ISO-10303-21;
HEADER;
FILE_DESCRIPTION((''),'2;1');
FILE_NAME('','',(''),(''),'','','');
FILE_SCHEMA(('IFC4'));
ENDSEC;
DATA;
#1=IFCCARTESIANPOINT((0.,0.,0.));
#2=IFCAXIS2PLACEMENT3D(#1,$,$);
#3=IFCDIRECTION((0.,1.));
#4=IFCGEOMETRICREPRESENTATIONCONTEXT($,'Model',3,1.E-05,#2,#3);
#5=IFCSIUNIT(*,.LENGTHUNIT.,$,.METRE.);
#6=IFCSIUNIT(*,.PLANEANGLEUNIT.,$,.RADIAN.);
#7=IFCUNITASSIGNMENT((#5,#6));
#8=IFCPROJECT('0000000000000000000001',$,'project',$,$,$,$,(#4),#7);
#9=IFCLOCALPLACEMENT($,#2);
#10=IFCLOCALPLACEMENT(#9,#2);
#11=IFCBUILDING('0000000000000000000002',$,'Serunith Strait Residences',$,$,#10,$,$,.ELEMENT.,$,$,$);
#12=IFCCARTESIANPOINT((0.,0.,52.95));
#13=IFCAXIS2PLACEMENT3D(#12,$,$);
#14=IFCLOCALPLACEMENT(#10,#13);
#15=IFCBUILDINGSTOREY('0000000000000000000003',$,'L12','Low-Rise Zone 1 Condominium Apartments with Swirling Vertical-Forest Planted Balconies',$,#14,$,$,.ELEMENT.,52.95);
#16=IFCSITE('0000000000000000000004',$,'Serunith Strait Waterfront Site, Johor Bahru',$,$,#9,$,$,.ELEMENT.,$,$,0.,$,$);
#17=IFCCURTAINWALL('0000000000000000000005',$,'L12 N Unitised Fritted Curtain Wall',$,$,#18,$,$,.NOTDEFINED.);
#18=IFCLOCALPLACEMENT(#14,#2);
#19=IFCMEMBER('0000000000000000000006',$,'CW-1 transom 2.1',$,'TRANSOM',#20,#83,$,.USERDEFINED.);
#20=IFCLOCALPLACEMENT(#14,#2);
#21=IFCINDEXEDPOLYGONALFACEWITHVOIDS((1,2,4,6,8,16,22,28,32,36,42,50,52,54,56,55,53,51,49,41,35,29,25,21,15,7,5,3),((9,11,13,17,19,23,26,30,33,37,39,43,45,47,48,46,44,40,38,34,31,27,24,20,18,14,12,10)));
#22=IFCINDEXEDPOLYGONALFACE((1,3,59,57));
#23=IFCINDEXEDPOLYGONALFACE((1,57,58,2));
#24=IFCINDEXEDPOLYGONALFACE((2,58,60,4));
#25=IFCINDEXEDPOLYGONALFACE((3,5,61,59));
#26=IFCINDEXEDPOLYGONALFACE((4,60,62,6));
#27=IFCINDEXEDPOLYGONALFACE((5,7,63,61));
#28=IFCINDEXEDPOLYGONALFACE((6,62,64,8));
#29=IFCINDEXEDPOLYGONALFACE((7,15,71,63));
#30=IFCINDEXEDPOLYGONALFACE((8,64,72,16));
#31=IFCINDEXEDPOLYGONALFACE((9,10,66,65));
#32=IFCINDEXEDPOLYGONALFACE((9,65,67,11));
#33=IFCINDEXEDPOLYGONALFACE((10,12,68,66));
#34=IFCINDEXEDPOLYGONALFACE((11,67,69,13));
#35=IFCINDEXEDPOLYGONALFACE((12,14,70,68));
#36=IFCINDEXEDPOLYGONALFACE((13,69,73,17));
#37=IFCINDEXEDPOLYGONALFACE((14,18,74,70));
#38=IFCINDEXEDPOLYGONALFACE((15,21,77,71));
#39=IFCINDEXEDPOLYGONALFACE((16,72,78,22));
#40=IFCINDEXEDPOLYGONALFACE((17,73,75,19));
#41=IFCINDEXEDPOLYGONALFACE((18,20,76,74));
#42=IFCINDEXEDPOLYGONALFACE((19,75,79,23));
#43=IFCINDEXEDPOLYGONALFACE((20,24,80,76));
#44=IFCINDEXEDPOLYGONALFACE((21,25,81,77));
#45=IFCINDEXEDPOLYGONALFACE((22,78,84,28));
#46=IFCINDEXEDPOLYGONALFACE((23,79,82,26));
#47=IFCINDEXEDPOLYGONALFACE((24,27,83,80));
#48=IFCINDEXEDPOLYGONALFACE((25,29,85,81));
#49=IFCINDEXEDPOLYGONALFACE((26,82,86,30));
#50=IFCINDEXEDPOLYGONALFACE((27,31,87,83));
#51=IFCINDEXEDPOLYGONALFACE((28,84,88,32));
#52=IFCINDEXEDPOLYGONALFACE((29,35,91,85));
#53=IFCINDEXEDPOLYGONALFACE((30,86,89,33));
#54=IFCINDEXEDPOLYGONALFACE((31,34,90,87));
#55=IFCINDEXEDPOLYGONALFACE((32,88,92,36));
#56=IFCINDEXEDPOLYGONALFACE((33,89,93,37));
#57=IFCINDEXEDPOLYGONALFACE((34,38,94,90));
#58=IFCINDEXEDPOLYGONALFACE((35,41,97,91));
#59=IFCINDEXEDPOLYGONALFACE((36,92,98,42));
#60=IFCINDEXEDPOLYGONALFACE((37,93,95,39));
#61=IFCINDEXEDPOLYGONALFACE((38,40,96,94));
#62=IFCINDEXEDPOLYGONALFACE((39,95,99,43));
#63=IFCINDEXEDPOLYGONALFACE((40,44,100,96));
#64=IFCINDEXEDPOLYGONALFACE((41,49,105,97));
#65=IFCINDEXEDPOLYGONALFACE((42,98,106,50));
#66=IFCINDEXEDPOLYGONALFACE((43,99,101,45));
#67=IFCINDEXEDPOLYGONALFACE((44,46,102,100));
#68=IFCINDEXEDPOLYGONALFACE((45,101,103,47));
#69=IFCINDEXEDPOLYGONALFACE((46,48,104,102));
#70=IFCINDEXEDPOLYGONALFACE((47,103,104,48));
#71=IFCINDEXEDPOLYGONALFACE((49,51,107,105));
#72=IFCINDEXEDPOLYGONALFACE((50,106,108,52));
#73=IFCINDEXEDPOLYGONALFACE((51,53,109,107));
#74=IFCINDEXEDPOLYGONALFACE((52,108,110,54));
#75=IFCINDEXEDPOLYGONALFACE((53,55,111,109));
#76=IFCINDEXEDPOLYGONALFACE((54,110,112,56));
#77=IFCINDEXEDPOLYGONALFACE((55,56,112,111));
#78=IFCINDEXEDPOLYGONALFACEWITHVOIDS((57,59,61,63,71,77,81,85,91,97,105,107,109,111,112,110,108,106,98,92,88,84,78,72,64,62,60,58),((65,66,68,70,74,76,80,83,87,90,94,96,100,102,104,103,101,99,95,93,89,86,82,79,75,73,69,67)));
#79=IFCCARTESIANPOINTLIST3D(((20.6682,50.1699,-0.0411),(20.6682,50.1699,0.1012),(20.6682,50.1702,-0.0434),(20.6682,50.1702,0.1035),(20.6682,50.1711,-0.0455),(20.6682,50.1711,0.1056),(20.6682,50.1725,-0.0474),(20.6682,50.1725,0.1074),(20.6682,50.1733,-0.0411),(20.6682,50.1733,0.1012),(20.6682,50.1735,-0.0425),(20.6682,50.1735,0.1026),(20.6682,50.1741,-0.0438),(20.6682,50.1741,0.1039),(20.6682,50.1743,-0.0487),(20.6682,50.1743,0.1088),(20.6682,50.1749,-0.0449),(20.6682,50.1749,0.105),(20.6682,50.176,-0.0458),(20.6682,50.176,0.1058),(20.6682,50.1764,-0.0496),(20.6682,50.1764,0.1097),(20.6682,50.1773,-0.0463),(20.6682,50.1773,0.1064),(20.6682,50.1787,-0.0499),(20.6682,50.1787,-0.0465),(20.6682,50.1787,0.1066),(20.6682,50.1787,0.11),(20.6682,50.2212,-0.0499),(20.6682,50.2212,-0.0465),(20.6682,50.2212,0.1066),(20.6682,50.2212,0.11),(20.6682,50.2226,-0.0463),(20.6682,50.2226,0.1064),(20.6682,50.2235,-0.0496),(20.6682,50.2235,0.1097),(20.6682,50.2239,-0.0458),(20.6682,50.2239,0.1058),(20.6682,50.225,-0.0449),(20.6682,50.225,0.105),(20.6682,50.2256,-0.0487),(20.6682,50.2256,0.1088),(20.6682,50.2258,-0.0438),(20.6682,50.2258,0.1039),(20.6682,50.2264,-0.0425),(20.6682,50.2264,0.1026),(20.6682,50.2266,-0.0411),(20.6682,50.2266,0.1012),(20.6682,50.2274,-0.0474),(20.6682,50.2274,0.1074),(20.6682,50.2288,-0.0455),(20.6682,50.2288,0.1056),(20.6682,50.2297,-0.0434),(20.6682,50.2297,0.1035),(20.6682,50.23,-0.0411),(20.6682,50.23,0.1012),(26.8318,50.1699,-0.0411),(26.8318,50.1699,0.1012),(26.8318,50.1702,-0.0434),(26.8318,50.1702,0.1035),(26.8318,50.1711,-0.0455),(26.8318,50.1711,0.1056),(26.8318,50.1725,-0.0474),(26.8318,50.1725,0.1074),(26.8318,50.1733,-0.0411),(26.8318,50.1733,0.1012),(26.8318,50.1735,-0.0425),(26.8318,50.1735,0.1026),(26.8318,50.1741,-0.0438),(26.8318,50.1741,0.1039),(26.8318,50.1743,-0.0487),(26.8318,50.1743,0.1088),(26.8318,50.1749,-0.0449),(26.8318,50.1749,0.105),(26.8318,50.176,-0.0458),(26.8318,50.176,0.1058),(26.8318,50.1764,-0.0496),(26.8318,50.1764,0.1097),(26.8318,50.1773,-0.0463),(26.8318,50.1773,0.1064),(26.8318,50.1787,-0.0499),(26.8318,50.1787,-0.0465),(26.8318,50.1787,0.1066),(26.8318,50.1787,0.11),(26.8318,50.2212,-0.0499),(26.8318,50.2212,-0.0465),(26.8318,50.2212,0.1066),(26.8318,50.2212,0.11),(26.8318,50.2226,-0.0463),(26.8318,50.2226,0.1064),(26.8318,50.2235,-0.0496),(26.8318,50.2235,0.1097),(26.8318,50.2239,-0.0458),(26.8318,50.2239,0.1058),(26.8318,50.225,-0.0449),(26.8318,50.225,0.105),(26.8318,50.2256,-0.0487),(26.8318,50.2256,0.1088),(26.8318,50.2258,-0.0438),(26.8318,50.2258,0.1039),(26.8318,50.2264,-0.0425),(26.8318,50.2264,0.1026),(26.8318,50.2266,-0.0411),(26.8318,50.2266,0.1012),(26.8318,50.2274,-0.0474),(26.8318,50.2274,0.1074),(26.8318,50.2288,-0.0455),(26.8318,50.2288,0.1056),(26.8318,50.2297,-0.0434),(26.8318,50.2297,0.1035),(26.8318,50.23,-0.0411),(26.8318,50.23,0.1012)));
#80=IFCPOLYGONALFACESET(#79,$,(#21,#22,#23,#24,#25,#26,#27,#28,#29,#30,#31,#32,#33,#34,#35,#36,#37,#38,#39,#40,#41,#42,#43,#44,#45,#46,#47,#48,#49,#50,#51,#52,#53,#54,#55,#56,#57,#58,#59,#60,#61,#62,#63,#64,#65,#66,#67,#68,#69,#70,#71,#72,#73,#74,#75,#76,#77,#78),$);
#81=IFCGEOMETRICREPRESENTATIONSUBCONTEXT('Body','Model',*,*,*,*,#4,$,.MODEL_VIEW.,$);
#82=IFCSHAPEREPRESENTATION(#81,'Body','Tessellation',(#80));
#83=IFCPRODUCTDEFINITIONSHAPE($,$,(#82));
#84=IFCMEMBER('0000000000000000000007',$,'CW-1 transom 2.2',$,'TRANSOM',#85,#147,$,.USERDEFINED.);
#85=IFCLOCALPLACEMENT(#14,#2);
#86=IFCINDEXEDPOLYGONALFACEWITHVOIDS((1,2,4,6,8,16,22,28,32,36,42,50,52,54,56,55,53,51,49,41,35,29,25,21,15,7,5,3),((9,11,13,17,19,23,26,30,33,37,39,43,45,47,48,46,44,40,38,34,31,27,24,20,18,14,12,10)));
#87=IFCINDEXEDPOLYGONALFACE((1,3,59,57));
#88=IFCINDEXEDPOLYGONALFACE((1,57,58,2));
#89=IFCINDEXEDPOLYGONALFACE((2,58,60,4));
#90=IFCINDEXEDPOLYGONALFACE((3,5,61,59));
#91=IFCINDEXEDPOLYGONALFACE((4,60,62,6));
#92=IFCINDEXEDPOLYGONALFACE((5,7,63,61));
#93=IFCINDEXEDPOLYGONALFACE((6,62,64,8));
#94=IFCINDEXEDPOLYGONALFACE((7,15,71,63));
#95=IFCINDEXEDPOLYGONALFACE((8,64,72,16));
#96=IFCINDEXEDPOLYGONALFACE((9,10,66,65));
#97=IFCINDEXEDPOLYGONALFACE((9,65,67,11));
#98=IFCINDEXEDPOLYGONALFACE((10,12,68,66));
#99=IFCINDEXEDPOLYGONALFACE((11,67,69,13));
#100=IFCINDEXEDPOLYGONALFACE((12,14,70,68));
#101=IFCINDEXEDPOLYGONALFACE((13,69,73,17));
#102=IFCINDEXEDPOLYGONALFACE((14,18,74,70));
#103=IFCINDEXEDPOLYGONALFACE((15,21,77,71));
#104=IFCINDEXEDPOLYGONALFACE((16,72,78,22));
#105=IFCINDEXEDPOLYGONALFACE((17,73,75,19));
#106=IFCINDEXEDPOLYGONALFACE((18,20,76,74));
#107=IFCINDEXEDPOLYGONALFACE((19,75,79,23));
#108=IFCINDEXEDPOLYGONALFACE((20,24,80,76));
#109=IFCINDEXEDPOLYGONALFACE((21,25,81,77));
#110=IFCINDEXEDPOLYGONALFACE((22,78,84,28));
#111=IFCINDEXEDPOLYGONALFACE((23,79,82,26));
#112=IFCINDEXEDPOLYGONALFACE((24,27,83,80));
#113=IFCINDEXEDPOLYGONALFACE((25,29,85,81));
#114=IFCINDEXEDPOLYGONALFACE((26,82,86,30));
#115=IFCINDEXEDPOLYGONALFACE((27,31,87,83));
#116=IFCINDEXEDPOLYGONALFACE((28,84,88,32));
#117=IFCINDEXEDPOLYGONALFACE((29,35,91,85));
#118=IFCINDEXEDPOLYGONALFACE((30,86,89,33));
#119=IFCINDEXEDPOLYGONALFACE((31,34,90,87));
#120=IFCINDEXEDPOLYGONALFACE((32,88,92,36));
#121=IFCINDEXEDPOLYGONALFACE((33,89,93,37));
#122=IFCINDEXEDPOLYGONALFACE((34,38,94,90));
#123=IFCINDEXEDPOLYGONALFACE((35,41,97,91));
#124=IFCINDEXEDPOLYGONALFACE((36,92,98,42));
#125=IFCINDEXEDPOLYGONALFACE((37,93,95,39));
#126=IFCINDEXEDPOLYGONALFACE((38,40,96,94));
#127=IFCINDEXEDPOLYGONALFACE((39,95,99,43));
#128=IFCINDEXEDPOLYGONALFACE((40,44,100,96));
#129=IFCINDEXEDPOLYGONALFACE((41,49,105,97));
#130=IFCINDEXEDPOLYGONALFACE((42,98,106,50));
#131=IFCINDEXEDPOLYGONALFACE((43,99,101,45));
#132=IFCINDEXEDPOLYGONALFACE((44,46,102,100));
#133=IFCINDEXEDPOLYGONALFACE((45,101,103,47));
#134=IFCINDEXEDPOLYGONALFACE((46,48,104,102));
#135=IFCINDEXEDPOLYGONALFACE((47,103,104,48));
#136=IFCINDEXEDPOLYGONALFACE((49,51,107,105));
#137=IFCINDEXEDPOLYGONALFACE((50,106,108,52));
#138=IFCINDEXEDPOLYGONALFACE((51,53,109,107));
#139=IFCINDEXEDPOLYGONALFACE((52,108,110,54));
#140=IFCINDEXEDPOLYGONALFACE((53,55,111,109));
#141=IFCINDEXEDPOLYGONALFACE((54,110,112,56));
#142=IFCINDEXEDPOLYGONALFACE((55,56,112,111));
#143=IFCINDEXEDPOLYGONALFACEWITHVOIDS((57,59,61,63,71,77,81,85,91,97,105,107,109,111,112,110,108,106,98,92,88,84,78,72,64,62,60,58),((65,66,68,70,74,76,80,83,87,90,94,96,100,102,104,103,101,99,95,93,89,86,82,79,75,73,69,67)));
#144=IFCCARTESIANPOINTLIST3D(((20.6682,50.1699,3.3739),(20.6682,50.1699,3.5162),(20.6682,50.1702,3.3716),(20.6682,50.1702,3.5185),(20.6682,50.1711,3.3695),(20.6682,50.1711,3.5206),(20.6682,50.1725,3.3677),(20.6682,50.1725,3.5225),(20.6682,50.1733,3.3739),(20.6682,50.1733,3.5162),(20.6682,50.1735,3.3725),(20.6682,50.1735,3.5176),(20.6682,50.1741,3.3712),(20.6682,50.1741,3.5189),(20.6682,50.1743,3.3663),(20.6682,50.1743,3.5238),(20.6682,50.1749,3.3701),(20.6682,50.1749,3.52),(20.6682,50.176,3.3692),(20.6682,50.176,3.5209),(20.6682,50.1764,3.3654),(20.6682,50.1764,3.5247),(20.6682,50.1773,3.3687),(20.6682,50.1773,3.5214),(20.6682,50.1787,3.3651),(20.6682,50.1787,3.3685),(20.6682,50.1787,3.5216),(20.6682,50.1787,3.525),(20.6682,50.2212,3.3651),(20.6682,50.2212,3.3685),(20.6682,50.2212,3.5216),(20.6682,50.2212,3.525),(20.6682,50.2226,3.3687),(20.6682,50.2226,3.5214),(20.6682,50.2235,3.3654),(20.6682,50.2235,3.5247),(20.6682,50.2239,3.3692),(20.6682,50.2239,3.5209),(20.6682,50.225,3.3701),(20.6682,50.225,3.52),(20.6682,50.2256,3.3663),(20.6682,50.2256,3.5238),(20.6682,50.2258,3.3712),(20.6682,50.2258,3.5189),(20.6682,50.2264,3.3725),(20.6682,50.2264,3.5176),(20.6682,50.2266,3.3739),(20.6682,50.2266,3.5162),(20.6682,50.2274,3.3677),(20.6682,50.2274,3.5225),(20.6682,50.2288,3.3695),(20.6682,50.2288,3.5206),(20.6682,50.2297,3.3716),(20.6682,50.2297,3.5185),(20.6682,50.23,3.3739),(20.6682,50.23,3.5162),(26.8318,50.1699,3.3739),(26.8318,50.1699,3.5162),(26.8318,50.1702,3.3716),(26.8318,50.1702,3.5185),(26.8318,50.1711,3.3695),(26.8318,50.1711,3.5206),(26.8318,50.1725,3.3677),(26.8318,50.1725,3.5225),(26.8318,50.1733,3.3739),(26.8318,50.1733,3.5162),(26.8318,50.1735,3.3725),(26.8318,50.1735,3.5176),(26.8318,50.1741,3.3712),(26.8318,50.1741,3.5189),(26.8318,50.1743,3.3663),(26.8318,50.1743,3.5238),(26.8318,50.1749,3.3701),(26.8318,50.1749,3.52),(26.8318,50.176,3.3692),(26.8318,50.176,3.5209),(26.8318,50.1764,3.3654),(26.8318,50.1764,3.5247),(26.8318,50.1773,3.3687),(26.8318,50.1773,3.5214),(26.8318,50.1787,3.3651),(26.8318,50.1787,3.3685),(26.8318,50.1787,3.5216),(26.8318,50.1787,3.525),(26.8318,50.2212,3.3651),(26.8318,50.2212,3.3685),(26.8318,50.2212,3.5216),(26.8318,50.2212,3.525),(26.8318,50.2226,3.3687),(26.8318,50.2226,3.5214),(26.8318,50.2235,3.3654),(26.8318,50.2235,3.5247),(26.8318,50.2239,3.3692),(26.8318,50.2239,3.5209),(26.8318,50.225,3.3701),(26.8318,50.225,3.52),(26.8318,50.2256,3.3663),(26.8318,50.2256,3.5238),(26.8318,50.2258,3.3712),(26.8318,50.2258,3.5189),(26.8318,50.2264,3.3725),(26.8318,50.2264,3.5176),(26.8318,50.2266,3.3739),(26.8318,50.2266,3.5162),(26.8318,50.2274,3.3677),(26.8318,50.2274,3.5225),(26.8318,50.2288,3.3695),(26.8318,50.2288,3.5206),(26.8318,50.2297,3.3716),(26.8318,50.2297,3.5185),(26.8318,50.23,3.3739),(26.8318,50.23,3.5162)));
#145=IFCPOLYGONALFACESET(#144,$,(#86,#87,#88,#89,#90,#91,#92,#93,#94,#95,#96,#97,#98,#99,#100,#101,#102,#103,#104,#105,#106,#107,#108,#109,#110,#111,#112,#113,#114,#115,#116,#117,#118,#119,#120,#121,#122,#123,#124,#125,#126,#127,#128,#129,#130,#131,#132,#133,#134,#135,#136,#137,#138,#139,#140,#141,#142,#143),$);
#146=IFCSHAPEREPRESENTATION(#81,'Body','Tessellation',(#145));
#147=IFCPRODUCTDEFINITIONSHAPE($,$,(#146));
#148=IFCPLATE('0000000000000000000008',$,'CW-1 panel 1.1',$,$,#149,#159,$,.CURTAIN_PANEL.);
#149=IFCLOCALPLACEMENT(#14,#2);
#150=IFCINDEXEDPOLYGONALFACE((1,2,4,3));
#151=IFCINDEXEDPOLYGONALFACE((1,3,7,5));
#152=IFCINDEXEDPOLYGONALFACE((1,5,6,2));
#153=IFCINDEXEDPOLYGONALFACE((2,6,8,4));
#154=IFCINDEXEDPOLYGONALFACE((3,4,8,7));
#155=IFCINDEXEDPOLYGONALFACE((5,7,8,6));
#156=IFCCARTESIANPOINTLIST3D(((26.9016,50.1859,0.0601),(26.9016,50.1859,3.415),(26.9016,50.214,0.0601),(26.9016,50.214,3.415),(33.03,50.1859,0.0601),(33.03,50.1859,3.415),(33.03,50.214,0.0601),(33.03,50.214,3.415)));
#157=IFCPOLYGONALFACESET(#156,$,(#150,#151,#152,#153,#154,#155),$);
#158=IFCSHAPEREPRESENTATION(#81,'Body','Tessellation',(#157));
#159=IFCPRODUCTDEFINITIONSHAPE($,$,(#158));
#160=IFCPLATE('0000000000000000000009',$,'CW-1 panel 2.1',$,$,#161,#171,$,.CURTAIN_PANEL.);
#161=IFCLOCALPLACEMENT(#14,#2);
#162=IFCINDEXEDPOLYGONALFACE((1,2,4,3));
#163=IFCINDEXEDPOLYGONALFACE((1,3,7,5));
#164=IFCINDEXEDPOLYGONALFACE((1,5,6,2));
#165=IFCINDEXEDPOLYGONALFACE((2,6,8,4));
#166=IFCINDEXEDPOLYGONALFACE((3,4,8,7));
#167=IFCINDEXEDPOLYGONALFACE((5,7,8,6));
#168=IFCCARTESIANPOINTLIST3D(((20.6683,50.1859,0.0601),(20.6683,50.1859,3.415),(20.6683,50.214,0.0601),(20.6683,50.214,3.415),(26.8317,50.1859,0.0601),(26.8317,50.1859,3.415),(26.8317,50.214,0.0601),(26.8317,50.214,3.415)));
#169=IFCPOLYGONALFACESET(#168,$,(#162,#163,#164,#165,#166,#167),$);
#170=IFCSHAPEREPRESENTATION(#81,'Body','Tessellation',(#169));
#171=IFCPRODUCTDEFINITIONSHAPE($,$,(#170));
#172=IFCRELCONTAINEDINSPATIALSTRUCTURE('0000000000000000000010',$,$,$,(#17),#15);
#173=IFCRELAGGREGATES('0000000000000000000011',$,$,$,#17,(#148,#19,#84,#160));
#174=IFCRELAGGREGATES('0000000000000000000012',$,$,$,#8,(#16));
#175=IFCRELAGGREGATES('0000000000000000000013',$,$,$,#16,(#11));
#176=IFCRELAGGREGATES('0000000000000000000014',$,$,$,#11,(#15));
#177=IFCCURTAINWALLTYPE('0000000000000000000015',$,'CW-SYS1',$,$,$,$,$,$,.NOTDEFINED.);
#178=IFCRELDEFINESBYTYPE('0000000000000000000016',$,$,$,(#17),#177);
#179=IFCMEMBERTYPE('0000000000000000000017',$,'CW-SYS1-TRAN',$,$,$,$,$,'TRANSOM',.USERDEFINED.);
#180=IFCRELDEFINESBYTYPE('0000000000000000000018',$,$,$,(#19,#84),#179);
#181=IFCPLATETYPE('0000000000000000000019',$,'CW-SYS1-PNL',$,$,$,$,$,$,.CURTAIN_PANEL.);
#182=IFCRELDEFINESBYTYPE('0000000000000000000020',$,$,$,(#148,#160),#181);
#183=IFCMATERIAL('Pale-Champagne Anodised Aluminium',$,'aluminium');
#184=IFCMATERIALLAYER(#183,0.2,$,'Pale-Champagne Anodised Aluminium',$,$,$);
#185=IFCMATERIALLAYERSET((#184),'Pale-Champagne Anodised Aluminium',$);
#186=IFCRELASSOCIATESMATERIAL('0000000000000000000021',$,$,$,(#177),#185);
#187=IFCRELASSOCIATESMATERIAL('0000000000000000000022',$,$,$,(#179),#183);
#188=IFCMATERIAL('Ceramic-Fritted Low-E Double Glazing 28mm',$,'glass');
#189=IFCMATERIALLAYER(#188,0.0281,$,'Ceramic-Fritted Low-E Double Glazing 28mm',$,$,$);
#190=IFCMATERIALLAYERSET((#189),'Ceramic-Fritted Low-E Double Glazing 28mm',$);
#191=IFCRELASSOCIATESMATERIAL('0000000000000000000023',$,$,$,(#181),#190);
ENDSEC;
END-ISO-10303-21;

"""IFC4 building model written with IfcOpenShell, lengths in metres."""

from ifc_helpers import new_model, si_unit, direction, frame, origin, origin_2d, place, context, subcontext, project, spatial, rectangle, hollow_rectangle, extrude, source, transform, mapped, material, layer, layer_set, material_profile, profile_set, type_object, element, aggregate, save


model = new_model("IFC4")

# Units and contexts
model_context = context("Model", 3, precision=1e-05, world=origin(), true_north=direction((0.0, 1.0)))
body_context = subcontext(model_context, "Body", "Model", "MODEL_VIEW")
ifc_project = project(units=[si_unit("LENGTHUNIT", "METRE"), si_unit("PLANEANGLEUNIT", "RADIAN")], contexts=[model_context])

# Site, building, storey
site_placement = place(None, origin())
site = spatial("IfcSite", under=ifc_project, at=site_placement, Name="Serunith Strait Waterfront Site, Johor Bahru", CompositionType="ELEMENT", RefElevation=0.0)
building_placement = place(site_placement, origin())
building = spatial("IfcBuilding", under=site, at=building_placement, Name="Serunith Strait Residences", CompositionType="ELEMENT")
storey_placement = place(building_placement, frame((0.0, 0.0, 52.95)))
storey = spatial("IfcBuildingStorey", under=building, at=storey_placement, Name="L12", Description="Low-Rise Zone 1 Condominium Apartments with Swirling Vertical-Forest Planted Balconies", CompositionType="ELEMENT", Elevation=52.95)

# Curtain wall, members, plates
ifc_material_1 = material(Name="Pale-Champagne Anodised Aluminium", Category="aluminium")
ifc_layer_1 = layer(ifc_material_1, 0.2, Name="Pale-Champagne Anodised Aluminium")
ifc_layer_set_1 = layer_set([ifc_layer_1], Name="Pale-Champagne Anodised Aluminium")
curtain_wall_type = type_object("IfcCurtainWallType", Name="CW-SYS1", PredefinedType="NOTDEFINED", material=ifc_layer_set_1)
curtain_wall_placement = place(storey_placement, origin())
curtain_wall = element("IfcCurtainWall", 1, at=curtain_wall_placement, inside=storey, type_object=curtain_wall_type, Name="L12 N Unitised Fritted Curtain Wall", PredefinedType="NOTDEFINED")
ifc_material_profile_1 = material_profile(ifc_material_1, hollow_rectangle(XDim=0.0601, YDim=0.1599, WallThickness=0.0034, InnerFilletRadius=0.0054, OuterFilletRadius=0.0088, at=origin_2d()), Name="ALU 160x60x3.5")
ifc_profile_set_1 = profile_set([ifc_material_profile_1], Name="Pale-Champagne Anodised Aluminium")
member_type_1 = type_object("IfcMemberType", Name="CW-SYS1-TRAN", ElementType="TRANSOM", PredefinedType="USERDEFINED", material=ifc_profile_set_1)
shared_shape_1 = source(origin(), body_context, "Body", "SweptSolid", [
    extrude(hollow_rectangle(XDim=0.0601, YDim=0.1599, WallThickness=0.0034, InnerFilletRadius=0.0054, OuterFilletRadius=0.0088, at=origin_2d()), origin(), (0.0, 0.0, 1.0), 6.1636),
])
member_1_placement = place(storey_placement, frame((26.8318, 50.2, 0.03), z_axis=(-1.0, 0.0, 0.0), x_axis=(0.0, -1.0, 0.0)))
member_1 = element("IfcMember", 2, at=member_1_placement, type_object=member_type_1, Name="CW-1 transom 2.1", ObjectType="TRANSOM", PredefinedType="USERDEFINED", context=body_context, shape_type="MappedRepresentation", body=[
    mapped(shared_shape_1, transform((0.0, 0.0, 0.0), scale=1.0)),
])
member_2_placement = place(storey_placement, frame((26.8318, 50.2, 3.4451), z_axis=(-1.0, 0.0, 0.0), x_axis=(0.0, -1.0, 0.0)))
member_2 = element("IfcMember", 3, at=member_2_placement, type_object=member_type_1, Name="CW-1 transom 2.2", ObjectType="TRANSOM", PredefinedType="USERDEFINED", context=body_context, shape_type="MappedRepresentation", body=[
    mapped(shared_shape_1, transform((0.0, 0.0, 0.0), scale=1.0)),
])
ifc_material_2 = material(Name="Ceramic-Fritted Low-E Double Glazing 28mm", Category="glass")
ifc_layer_2 = layer(ifc_material_2, 0.0281, Name="Ceramic-Fritted Low-E Double Glazing 28mm")
ifc_layer_set_2 = layer_set([ifc_layer_2], Name="Ceramic-Fritted Low-E Double Glazing 28mm")
plate_type = type_object("IfcPlateType", Name="CW-SYS1-PNL", PredefinedType="CURTAIN_PANEL", material=ifc_layer_set_2)
shared_shape_2 = source(origin(), body_context, "Body", "SweptSolid", [
    extrude(rectangle(XDim=6.1284, YDim=0.0281, at=origin_2d()), origin(), (0.0, 0.0, 1.0), 3.355),
])
plate_1_placement = place(storey_placement, frame((29.9658, 50.2, 0.0601), z_axis=(0.0, 0.0, 1.0), x_axis=(-1.0, 0.0, 0.0)))
plate_1 = element("IfcPlate", 4, at=plate_1_placement, type_object=plate_type, Name="CW-1 panel 1.1", PredefinedType="CURTAIN_PANEL", context=body_context, shape_type="MappedRepresentation", body=[
    mapped(shared_shape_2, transform((0.0, 0.0, 0.0), scale=1.0)),
])
shared_shape_3 = source(origin(), body_context, "Body", "SweptSolid", [
    extrude(rectangle(XDim=6.1633, YDim=0.0281, at=origin_2d()), origin(), (0.0, 0.0, 1.0), 3.355),
])
plate_2_placement = place(storey_placement, frame((23.75, 50.2, 0.0601), z_axis=(0.0, 0.0, 1.0), x_axis=(-1.0, 0.0, 0.0)))
plate_2 = element("IfcPlate", 5, at=plate_2_placement, type_object=plate_type, Name="CW-1 panel 2.1", PredefinedType="CURTAIN_PANEL", context=body_context, shape_type="MappedRepresentation", body=[
    mapped(shared_shape_3, transform((0.0, 0.0, 0.0), scale=1.0)),
])
aggregate(curtain_wall, [plate_1, member_1, member_2, plate_2])

save(model, "model.ifc")
